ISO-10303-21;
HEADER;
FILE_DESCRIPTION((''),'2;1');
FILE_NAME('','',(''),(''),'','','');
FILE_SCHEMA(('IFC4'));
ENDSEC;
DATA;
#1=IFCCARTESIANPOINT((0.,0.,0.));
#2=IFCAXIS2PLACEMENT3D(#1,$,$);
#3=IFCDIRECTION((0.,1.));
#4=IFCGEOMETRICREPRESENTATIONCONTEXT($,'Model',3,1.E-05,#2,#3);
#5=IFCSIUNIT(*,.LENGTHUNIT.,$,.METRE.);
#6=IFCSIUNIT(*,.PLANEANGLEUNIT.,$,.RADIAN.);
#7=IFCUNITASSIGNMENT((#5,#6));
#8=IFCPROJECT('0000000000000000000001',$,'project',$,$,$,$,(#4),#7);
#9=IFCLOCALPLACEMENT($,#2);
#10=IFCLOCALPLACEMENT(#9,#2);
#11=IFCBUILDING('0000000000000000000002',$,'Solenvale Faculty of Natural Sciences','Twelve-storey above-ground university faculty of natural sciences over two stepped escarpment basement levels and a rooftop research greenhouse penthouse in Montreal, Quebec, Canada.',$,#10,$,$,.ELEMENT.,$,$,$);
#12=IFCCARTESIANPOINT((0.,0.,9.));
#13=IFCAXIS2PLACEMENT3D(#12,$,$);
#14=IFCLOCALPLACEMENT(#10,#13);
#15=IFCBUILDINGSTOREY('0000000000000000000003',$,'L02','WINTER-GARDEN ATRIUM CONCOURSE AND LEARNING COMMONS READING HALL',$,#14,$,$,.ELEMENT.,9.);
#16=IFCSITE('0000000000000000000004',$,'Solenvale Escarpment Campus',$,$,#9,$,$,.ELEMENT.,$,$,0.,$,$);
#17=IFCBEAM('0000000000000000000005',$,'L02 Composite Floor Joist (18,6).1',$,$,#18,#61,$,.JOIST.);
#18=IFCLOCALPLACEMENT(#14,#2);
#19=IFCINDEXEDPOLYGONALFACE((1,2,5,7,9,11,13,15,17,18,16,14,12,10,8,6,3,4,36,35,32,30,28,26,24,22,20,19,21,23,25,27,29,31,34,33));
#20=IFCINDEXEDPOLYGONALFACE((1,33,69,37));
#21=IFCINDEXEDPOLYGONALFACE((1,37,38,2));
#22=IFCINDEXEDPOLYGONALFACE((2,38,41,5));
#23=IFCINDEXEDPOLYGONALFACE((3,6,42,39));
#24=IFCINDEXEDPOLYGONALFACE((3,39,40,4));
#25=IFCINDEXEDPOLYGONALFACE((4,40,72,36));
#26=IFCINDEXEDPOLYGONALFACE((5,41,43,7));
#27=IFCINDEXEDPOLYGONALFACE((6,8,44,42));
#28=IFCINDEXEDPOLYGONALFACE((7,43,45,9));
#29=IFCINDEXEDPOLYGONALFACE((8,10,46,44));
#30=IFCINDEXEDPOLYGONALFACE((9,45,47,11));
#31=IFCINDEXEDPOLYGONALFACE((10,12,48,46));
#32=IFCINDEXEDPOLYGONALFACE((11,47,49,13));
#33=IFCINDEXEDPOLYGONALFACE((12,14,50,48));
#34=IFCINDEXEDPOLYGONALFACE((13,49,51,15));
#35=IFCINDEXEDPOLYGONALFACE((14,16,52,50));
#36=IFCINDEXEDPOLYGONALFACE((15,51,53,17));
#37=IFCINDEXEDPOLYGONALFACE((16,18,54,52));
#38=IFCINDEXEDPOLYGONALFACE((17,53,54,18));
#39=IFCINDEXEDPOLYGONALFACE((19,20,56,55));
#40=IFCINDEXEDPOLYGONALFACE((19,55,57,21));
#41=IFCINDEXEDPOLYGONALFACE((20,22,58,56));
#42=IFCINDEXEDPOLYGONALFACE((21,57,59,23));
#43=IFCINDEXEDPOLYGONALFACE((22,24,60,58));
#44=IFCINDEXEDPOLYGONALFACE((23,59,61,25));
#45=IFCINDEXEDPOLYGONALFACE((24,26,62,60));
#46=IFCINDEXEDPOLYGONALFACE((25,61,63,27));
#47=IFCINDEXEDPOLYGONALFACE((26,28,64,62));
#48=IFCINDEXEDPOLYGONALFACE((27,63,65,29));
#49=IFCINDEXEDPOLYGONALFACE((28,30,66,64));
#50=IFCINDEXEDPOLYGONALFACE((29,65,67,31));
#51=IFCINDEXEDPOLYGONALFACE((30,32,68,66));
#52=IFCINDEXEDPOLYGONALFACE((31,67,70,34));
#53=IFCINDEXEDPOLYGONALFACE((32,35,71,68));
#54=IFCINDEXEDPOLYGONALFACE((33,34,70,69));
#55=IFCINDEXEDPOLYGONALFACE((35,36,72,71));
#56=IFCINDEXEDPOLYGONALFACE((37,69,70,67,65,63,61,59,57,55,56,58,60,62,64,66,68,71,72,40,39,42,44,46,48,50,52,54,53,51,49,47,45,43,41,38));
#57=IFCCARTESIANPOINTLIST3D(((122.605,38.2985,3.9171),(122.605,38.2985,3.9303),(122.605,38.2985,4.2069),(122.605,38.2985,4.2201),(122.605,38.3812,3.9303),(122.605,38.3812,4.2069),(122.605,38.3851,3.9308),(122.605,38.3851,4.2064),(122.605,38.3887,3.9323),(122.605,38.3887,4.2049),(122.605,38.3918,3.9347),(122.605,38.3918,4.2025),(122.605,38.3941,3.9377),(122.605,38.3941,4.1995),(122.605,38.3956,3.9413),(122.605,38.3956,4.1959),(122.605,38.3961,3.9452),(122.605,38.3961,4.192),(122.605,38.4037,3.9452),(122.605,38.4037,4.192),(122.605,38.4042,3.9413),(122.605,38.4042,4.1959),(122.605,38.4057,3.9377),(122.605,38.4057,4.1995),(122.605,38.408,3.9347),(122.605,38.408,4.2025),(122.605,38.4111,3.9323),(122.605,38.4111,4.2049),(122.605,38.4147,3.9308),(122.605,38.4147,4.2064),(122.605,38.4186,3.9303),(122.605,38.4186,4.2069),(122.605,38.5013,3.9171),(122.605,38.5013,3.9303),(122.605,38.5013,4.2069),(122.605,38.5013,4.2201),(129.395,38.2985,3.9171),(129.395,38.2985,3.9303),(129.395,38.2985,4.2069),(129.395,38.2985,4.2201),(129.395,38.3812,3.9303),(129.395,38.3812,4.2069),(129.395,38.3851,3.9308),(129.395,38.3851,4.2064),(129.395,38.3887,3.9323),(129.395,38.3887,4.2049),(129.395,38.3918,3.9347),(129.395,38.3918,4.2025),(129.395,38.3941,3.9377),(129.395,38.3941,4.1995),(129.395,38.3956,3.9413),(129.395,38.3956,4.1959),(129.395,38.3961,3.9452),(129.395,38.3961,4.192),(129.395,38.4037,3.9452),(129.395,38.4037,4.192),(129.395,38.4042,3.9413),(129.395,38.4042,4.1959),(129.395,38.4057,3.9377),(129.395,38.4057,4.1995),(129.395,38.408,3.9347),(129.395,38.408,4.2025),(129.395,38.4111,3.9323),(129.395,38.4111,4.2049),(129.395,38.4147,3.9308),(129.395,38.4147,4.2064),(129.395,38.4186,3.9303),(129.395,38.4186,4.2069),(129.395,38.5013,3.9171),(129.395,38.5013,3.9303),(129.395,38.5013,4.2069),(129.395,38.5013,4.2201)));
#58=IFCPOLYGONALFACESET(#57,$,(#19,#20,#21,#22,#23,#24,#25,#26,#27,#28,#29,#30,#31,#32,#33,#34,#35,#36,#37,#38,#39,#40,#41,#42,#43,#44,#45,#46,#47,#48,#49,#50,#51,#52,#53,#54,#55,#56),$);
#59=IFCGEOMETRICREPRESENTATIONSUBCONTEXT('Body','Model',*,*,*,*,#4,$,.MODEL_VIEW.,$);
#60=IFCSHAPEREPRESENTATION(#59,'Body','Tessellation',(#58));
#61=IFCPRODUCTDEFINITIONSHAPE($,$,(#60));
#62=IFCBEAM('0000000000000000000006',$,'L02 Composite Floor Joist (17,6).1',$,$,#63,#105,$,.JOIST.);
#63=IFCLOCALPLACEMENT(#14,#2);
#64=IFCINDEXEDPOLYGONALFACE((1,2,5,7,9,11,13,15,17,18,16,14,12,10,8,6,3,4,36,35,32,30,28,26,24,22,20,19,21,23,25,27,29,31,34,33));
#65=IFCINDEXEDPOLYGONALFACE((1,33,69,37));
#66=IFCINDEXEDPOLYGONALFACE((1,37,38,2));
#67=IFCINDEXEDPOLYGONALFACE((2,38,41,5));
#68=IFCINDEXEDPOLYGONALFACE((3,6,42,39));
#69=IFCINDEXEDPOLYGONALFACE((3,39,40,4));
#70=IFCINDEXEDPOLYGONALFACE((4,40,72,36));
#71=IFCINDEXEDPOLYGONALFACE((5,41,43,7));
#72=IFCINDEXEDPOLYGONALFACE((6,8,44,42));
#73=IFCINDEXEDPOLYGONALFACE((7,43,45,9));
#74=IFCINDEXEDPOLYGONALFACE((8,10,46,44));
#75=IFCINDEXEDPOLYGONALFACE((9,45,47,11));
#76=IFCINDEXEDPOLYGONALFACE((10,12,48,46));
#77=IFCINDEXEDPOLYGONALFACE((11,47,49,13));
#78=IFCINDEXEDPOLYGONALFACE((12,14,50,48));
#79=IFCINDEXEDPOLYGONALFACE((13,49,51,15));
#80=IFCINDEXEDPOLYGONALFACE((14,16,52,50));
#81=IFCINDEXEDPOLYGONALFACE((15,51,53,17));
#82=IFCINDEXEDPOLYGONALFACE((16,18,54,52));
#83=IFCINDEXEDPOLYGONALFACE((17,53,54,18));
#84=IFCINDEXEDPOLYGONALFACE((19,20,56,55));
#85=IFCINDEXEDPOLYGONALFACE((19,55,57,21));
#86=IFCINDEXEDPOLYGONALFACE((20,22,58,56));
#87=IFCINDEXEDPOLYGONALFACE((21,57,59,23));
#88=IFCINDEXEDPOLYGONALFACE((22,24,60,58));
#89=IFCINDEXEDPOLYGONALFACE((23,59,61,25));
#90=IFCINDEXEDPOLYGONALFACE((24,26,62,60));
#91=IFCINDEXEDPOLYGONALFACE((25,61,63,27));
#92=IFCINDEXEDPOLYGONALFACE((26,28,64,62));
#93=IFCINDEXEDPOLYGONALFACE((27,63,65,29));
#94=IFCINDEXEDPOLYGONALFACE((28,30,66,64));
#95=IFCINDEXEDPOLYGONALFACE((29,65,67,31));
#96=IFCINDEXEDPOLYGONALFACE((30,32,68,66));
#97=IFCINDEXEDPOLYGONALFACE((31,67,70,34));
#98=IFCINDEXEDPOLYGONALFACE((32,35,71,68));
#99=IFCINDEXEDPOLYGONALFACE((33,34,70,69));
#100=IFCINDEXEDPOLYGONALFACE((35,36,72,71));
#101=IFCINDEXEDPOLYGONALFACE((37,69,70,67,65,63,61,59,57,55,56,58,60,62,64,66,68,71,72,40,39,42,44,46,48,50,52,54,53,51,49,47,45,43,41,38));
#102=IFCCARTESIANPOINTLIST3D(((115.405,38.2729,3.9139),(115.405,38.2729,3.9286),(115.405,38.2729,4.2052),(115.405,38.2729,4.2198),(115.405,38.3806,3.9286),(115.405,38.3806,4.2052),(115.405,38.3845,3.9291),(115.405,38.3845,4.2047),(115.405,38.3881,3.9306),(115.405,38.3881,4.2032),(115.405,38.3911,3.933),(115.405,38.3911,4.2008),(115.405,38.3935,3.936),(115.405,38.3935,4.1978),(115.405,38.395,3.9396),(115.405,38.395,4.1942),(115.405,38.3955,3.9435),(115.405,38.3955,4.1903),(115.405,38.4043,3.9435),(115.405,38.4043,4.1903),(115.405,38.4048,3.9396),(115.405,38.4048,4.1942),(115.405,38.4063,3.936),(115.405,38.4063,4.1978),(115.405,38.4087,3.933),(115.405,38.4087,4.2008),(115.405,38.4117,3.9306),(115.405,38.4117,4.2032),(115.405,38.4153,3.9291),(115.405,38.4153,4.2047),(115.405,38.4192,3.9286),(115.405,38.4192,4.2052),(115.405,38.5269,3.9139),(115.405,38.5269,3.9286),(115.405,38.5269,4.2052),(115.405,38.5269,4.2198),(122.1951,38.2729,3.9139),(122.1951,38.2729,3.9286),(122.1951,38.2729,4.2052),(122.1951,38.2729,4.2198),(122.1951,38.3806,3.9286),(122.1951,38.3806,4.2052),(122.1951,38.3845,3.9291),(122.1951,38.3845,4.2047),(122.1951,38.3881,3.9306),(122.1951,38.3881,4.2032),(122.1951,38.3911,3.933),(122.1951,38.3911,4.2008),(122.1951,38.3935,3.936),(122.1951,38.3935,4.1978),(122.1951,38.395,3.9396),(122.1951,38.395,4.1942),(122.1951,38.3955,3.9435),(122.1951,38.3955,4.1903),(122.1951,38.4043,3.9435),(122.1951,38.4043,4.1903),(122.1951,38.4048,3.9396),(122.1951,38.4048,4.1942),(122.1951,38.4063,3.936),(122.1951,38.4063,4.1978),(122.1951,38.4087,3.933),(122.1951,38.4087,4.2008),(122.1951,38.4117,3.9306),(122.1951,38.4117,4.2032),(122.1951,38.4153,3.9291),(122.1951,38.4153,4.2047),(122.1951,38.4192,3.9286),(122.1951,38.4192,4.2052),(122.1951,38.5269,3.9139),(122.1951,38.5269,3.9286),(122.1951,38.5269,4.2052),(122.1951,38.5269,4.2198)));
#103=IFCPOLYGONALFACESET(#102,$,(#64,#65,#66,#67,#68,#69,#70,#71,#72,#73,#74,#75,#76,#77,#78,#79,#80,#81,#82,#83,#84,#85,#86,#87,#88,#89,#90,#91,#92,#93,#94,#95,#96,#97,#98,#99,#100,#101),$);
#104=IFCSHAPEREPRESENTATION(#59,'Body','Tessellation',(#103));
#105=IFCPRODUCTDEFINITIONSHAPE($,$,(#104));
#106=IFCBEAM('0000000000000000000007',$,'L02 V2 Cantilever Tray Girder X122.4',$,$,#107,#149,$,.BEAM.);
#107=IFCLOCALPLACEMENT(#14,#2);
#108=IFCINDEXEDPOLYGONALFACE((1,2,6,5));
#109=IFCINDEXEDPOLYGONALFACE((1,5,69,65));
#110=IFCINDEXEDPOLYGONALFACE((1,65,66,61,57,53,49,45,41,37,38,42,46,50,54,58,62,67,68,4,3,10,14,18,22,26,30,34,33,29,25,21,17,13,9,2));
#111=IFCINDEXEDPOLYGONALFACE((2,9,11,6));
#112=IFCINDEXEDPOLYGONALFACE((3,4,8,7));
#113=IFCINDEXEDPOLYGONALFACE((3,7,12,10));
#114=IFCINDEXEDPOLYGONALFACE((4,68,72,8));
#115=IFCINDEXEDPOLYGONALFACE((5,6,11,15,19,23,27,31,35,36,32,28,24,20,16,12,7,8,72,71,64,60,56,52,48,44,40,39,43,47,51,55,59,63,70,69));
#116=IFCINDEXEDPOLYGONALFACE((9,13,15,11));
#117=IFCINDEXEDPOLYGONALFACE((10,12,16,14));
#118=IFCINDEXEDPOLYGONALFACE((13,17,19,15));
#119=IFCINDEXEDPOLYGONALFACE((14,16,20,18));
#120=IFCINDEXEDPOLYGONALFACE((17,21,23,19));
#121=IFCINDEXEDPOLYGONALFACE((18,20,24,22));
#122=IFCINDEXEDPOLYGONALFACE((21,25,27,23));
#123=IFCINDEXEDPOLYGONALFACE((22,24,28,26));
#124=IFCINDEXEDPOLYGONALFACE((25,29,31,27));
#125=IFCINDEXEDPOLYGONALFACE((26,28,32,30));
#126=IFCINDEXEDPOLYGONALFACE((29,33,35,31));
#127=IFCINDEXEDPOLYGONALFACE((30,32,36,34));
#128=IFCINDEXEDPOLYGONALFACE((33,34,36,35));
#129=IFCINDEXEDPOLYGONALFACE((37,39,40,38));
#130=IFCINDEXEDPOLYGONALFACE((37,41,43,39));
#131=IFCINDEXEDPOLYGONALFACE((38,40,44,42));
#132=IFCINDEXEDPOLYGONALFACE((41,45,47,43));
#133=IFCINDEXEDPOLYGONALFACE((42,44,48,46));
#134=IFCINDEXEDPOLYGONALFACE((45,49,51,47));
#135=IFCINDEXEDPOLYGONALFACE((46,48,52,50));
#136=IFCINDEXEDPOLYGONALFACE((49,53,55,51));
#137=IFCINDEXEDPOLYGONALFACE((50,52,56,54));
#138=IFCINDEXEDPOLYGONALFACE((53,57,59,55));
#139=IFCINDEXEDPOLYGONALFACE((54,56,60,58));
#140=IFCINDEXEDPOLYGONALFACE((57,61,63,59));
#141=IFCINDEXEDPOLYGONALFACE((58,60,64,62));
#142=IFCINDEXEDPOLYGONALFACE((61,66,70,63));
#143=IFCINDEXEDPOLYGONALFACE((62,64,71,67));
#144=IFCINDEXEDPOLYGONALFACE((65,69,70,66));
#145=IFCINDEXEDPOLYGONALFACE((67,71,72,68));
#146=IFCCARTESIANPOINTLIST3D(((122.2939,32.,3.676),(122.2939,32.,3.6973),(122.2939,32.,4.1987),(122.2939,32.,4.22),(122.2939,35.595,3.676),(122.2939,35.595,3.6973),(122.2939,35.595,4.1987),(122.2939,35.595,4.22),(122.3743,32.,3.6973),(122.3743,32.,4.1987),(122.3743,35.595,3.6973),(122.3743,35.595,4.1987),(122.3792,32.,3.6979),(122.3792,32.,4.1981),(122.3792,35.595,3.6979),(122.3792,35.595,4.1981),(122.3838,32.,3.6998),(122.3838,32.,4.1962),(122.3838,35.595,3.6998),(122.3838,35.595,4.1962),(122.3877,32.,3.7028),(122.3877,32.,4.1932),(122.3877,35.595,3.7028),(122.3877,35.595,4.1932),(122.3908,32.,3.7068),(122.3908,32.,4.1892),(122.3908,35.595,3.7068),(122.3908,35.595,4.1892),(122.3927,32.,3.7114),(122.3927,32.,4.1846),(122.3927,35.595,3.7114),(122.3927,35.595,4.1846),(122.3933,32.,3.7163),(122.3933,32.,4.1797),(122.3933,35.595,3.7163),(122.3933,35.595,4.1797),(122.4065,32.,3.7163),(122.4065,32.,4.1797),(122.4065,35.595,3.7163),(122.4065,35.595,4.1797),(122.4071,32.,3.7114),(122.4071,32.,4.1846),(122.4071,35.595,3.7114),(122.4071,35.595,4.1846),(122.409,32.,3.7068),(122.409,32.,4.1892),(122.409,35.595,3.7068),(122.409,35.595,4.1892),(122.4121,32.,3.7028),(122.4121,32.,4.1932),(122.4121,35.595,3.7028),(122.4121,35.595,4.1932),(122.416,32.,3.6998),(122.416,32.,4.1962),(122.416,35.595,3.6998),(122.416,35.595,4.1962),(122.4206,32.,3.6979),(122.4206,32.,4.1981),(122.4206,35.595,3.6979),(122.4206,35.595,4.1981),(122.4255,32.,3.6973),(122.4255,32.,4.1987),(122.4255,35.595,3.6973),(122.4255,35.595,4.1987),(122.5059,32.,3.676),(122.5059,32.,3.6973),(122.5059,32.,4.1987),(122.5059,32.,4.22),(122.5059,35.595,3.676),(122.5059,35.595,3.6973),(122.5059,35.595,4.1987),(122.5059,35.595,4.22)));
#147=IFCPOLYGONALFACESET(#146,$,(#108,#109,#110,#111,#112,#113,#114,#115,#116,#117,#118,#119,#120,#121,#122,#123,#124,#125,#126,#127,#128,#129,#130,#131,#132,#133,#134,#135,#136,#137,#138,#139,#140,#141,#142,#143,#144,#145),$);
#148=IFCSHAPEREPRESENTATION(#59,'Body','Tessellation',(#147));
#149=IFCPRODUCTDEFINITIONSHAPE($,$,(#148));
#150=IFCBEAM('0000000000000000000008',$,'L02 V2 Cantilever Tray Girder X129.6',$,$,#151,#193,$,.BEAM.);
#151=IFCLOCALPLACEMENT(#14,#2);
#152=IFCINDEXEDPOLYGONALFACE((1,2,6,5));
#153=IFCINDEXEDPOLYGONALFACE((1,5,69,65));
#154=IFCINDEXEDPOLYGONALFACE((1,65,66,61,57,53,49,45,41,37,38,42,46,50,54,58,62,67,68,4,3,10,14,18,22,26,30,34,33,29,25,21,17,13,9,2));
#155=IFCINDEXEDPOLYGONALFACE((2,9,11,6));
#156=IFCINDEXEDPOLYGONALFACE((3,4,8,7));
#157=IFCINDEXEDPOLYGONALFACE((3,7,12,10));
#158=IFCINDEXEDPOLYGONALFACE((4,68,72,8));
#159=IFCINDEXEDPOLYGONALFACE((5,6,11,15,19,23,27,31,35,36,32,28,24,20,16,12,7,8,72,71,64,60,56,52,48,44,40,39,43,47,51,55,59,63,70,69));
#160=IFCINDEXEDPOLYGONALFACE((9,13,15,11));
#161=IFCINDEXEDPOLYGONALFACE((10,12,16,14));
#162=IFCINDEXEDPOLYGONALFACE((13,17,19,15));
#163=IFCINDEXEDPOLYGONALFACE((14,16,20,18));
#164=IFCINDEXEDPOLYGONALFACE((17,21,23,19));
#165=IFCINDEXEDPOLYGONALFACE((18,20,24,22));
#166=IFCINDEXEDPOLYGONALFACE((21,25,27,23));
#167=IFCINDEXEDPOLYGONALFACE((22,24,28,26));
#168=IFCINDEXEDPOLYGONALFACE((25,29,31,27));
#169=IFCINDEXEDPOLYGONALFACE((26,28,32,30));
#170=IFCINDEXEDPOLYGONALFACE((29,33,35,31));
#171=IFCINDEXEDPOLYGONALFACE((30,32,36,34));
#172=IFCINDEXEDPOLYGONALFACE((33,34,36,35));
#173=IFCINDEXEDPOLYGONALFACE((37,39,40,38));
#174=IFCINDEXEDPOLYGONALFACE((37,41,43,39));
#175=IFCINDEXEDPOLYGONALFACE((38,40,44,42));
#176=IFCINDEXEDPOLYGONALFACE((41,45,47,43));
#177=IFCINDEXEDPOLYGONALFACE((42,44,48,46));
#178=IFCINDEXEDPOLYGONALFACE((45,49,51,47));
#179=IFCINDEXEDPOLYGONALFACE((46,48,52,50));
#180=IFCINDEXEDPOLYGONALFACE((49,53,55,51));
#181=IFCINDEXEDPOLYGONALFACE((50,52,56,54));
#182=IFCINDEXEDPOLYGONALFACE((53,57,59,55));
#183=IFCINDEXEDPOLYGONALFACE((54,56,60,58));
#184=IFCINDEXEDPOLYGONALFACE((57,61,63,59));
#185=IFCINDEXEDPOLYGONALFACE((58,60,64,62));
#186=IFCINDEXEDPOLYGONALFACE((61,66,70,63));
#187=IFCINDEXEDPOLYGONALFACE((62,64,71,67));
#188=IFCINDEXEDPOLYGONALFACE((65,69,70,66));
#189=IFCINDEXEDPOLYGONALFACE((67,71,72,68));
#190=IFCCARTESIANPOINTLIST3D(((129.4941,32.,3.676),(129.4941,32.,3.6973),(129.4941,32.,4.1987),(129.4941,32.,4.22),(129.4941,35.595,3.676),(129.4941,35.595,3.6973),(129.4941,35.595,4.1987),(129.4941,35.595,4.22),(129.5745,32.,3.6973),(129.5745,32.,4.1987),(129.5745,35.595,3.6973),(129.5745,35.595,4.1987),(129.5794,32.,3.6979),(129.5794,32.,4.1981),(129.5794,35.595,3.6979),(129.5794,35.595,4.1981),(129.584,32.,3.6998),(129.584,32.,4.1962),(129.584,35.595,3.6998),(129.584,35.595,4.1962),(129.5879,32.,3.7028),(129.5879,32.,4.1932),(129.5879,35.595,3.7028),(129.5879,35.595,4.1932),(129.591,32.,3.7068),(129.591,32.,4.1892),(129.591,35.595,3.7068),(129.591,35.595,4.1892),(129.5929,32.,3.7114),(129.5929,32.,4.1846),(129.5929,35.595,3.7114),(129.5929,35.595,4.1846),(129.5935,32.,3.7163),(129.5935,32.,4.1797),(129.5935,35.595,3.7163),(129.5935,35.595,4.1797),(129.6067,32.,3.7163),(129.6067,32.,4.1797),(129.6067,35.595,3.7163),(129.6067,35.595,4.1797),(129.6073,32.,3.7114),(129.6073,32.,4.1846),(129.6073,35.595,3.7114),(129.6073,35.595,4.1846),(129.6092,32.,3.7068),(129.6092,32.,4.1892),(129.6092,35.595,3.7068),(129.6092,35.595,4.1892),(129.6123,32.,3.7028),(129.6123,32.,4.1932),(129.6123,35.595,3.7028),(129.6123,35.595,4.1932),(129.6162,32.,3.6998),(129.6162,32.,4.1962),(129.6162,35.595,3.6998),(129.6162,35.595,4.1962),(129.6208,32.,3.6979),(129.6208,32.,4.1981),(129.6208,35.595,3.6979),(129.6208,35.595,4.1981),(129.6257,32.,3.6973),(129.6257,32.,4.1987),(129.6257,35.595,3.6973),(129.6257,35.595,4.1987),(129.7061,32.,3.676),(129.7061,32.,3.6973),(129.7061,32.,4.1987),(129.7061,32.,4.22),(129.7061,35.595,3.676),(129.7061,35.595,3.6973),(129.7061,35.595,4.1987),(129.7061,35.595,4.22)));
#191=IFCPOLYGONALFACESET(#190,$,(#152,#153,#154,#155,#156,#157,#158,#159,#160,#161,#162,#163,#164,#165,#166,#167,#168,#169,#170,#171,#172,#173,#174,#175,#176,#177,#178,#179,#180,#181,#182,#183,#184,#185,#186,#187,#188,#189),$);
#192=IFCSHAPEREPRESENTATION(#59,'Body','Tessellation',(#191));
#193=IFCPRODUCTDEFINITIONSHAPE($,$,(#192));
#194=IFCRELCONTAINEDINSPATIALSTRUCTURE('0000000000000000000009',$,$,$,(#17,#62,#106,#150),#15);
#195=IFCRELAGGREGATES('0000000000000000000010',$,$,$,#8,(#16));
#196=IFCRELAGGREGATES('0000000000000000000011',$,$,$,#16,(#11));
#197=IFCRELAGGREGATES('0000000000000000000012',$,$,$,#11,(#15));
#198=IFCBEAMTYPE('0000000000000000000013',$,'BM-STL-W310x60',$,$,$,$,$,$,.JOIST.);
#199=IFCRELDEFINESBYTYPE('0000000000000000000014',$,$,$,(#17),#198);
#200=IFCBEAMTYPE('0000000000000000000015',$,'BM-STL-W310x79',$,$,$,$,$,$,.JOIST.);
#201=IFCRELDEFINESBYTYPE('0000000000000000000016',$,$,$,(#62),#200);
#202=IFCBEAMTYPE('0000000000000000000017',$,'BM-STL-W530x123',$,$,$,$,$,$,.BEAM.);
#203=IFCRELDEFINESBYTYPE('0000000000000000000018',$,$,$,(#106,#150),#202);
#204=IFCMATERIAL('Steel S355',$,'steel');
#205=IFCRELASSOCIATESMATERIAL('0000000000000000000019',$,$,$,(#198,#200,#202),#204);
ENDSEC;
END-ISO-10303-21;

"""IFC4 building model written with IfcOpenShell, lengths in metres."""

from ifc_helpers import new_model, si_unit, direction, frame, origin, origin_2d, place, context, subcontext, project, spatial, i_section, extrude, material, material_profile, profile_set, type_object, element, save


model = new_model("IFC4")

# Units and contexts
model_context = context("Model", 3, precision=1e-05, world=origin(), true_north=direction((0.0, 1.0)))
body_context = subcontext(model_context, "Body", "Model", "MODEL_VIEW")
ifc_project = project(units=[si_unit("LENGTHUNIT", "METRE"), si_unit("PLANEANGLEUNIT", "RADIAN")], contexts=[model_context])

# Site, building, storey
site_placement = place(None, origin())
site = spatial("IfcSite", under=ifc_project, at=site_placement, Name="Solenvale Escarpment Campus", CompositionType="ELEMENT", RefElevation=0.0)
building_placement = place(site_placement, origin())
building = spatial("IfcBuilding", under=site, at=building_placement, Name="Solenvale Faculty of Natural Sciences", Description="Twelve-storey above-ground university faculty of natural sciences over two stepped escarpment basement levels and a rooftop research greenhouse penthouse in Montreal, Quebec, Canada.", CompositionType="ELEMENT")
storey_placement = place(building_placement, frame((0.0, 0.0, 9.0)))
storey = spatial("IfcBuildingStorey", under=building, at=storey_placement, Name="L02", Description="WINTER-GARDEN ATRIUM CONCOURSE AND LEARNING COMMONS READING HALL", CompositionType="ELEMENT", Elevation=9.0)

# Beams
ifc_material_1 = material(Name="Steel S355", Category="steel")
ifc_material_profile_1 = material_profile(ifc_material_1, i_section(OverallWidth=0.2029, OverallDepth=0.303, WebThickness=0.0076, FlangeThickness=0.0132, FilletRadius=0.0149, at=origin_2d()), Name="W310x60")
ifc_profile_set_1 = profile_set([ifc_material_profile_1], Name="Steel S355")
beam_type_1 = type_object("IfcBeamType", Name="BM-STL-W310x60", PredefinedType="JOIST", material=ifc_profile_set_1)
beam_1_placement = place(storey_placement, frame((122.605, 38.3999, 4.0686), z_axis=(1.0, 0.0, 0.0), x_axis=(0.0, 1.0, 0.0)))
element("IfcBeam", 1, at=beam_1_placement, inside=storey, type_object=beam_type_1, Name="L02 Composite Floor Joist (18,6).1", PredefinedType="JOIST", context=body_context, shape_type="SweptSolid", body=[
    extrude(i_section(OverallWidth=0.2029, OverallDepth=0.303, WebThickness=0.0076, FlangeThickness=0.0132, FilletRadius=0.0149, at=origin_2d()), origin(), (0.0, 0.0, 1.0), 6.79),
])
ifc_material_profile_2 = material_profile(ifc_material_1, i_section(OverallWidth=0.2539, OverallDepth=0.3059, WebThickness=0.0088, FlangeThickness=0.0146, FilletRadius=0.0149, at=origin_2d()), Name="W310x79")
ifc_profile_set_2 = profile_set([ifc_material_profile_2], Name="Steel S355")
beam_type_2 = type_object("IfcBeamType", Name="BM-STL-W310x79", PredefinedType="JOIST", material=ifc_profile_set_2)
beam_2_placement = place(storey_placement, frame((115.405, 38.3999, 4.0669), z_axis=(1.0, 0.0, 0.0), x_axis=(0.0, 1.0, 0.0)))
element("IfcBeam", 2, at=beam_2_placement, inside=storey, type_object=beam_type_2, Name="L02 Composite Floor Joist (17,6).1", PredefinedType="JOIST", context=body_context, shape_type="SweptSolid", body=[
    extrude(i_section(OverallWidth=0.2539, OverallDepth=0.3059, WebThickness=0.0088, FlangeThickness=0.0146, FilletRadius=0.0149, at=origin_2d()), origin(), (0.0, 0.0, 1.0), 6.79),
])
ifc_material_profile_3 = material_profile(ifc_material_1, i_section(OverallWidth=0.2119, OverallDepth=0.5439, WebThickness=0.0132, FlangeThickness=0.0212, FilletRadius=0.019, at=origin_2d()), Name="W530x123")
ifc_profile_set_3 = profile_set([ifc_material_profile_3], Name="Steel S355")
beam_type_3 = type_object("IfcBeamType", Name="BM-STL-W530x123", PredefinedType="BEAM", material=ifc_profile_set_3)
for number, where, z_axis, x_axis, name in (
    (3, (122.3999, 35.595, 3.948), (0.0, -1.0, 0.0), (1.0, 0.0, 0.0), "L02 V2 Cantilever Tray Girder X122.4"),
    (4, (129.6001, 35.595, 3.948), (0.0, -1.0, 0.0), (1.0, 0.0, 0.0), "L02 V2 Cantilever Tray Girder X129.6"),
):
    element("IfcBeam", number, at=place(storey_placement, frame(where, z_axis=z_axis, x_axis=x_axis)), inside=storey, type_object=beam_type_3, Name=name, PredefinedType="BEAM", context=body_context, shape_type="SweptSolid", body=[
        extrude(i_section(OverallWidth=0.2119, OverallDepth=0.5439, WebThickness=0.0132, FlangeThickness=0.0212, FilletRadius=0.019, at=origin_2d()), origin(), (0.0, 0.0, 1.0), 3.595),
    ])

save(model, "model.ifc")
